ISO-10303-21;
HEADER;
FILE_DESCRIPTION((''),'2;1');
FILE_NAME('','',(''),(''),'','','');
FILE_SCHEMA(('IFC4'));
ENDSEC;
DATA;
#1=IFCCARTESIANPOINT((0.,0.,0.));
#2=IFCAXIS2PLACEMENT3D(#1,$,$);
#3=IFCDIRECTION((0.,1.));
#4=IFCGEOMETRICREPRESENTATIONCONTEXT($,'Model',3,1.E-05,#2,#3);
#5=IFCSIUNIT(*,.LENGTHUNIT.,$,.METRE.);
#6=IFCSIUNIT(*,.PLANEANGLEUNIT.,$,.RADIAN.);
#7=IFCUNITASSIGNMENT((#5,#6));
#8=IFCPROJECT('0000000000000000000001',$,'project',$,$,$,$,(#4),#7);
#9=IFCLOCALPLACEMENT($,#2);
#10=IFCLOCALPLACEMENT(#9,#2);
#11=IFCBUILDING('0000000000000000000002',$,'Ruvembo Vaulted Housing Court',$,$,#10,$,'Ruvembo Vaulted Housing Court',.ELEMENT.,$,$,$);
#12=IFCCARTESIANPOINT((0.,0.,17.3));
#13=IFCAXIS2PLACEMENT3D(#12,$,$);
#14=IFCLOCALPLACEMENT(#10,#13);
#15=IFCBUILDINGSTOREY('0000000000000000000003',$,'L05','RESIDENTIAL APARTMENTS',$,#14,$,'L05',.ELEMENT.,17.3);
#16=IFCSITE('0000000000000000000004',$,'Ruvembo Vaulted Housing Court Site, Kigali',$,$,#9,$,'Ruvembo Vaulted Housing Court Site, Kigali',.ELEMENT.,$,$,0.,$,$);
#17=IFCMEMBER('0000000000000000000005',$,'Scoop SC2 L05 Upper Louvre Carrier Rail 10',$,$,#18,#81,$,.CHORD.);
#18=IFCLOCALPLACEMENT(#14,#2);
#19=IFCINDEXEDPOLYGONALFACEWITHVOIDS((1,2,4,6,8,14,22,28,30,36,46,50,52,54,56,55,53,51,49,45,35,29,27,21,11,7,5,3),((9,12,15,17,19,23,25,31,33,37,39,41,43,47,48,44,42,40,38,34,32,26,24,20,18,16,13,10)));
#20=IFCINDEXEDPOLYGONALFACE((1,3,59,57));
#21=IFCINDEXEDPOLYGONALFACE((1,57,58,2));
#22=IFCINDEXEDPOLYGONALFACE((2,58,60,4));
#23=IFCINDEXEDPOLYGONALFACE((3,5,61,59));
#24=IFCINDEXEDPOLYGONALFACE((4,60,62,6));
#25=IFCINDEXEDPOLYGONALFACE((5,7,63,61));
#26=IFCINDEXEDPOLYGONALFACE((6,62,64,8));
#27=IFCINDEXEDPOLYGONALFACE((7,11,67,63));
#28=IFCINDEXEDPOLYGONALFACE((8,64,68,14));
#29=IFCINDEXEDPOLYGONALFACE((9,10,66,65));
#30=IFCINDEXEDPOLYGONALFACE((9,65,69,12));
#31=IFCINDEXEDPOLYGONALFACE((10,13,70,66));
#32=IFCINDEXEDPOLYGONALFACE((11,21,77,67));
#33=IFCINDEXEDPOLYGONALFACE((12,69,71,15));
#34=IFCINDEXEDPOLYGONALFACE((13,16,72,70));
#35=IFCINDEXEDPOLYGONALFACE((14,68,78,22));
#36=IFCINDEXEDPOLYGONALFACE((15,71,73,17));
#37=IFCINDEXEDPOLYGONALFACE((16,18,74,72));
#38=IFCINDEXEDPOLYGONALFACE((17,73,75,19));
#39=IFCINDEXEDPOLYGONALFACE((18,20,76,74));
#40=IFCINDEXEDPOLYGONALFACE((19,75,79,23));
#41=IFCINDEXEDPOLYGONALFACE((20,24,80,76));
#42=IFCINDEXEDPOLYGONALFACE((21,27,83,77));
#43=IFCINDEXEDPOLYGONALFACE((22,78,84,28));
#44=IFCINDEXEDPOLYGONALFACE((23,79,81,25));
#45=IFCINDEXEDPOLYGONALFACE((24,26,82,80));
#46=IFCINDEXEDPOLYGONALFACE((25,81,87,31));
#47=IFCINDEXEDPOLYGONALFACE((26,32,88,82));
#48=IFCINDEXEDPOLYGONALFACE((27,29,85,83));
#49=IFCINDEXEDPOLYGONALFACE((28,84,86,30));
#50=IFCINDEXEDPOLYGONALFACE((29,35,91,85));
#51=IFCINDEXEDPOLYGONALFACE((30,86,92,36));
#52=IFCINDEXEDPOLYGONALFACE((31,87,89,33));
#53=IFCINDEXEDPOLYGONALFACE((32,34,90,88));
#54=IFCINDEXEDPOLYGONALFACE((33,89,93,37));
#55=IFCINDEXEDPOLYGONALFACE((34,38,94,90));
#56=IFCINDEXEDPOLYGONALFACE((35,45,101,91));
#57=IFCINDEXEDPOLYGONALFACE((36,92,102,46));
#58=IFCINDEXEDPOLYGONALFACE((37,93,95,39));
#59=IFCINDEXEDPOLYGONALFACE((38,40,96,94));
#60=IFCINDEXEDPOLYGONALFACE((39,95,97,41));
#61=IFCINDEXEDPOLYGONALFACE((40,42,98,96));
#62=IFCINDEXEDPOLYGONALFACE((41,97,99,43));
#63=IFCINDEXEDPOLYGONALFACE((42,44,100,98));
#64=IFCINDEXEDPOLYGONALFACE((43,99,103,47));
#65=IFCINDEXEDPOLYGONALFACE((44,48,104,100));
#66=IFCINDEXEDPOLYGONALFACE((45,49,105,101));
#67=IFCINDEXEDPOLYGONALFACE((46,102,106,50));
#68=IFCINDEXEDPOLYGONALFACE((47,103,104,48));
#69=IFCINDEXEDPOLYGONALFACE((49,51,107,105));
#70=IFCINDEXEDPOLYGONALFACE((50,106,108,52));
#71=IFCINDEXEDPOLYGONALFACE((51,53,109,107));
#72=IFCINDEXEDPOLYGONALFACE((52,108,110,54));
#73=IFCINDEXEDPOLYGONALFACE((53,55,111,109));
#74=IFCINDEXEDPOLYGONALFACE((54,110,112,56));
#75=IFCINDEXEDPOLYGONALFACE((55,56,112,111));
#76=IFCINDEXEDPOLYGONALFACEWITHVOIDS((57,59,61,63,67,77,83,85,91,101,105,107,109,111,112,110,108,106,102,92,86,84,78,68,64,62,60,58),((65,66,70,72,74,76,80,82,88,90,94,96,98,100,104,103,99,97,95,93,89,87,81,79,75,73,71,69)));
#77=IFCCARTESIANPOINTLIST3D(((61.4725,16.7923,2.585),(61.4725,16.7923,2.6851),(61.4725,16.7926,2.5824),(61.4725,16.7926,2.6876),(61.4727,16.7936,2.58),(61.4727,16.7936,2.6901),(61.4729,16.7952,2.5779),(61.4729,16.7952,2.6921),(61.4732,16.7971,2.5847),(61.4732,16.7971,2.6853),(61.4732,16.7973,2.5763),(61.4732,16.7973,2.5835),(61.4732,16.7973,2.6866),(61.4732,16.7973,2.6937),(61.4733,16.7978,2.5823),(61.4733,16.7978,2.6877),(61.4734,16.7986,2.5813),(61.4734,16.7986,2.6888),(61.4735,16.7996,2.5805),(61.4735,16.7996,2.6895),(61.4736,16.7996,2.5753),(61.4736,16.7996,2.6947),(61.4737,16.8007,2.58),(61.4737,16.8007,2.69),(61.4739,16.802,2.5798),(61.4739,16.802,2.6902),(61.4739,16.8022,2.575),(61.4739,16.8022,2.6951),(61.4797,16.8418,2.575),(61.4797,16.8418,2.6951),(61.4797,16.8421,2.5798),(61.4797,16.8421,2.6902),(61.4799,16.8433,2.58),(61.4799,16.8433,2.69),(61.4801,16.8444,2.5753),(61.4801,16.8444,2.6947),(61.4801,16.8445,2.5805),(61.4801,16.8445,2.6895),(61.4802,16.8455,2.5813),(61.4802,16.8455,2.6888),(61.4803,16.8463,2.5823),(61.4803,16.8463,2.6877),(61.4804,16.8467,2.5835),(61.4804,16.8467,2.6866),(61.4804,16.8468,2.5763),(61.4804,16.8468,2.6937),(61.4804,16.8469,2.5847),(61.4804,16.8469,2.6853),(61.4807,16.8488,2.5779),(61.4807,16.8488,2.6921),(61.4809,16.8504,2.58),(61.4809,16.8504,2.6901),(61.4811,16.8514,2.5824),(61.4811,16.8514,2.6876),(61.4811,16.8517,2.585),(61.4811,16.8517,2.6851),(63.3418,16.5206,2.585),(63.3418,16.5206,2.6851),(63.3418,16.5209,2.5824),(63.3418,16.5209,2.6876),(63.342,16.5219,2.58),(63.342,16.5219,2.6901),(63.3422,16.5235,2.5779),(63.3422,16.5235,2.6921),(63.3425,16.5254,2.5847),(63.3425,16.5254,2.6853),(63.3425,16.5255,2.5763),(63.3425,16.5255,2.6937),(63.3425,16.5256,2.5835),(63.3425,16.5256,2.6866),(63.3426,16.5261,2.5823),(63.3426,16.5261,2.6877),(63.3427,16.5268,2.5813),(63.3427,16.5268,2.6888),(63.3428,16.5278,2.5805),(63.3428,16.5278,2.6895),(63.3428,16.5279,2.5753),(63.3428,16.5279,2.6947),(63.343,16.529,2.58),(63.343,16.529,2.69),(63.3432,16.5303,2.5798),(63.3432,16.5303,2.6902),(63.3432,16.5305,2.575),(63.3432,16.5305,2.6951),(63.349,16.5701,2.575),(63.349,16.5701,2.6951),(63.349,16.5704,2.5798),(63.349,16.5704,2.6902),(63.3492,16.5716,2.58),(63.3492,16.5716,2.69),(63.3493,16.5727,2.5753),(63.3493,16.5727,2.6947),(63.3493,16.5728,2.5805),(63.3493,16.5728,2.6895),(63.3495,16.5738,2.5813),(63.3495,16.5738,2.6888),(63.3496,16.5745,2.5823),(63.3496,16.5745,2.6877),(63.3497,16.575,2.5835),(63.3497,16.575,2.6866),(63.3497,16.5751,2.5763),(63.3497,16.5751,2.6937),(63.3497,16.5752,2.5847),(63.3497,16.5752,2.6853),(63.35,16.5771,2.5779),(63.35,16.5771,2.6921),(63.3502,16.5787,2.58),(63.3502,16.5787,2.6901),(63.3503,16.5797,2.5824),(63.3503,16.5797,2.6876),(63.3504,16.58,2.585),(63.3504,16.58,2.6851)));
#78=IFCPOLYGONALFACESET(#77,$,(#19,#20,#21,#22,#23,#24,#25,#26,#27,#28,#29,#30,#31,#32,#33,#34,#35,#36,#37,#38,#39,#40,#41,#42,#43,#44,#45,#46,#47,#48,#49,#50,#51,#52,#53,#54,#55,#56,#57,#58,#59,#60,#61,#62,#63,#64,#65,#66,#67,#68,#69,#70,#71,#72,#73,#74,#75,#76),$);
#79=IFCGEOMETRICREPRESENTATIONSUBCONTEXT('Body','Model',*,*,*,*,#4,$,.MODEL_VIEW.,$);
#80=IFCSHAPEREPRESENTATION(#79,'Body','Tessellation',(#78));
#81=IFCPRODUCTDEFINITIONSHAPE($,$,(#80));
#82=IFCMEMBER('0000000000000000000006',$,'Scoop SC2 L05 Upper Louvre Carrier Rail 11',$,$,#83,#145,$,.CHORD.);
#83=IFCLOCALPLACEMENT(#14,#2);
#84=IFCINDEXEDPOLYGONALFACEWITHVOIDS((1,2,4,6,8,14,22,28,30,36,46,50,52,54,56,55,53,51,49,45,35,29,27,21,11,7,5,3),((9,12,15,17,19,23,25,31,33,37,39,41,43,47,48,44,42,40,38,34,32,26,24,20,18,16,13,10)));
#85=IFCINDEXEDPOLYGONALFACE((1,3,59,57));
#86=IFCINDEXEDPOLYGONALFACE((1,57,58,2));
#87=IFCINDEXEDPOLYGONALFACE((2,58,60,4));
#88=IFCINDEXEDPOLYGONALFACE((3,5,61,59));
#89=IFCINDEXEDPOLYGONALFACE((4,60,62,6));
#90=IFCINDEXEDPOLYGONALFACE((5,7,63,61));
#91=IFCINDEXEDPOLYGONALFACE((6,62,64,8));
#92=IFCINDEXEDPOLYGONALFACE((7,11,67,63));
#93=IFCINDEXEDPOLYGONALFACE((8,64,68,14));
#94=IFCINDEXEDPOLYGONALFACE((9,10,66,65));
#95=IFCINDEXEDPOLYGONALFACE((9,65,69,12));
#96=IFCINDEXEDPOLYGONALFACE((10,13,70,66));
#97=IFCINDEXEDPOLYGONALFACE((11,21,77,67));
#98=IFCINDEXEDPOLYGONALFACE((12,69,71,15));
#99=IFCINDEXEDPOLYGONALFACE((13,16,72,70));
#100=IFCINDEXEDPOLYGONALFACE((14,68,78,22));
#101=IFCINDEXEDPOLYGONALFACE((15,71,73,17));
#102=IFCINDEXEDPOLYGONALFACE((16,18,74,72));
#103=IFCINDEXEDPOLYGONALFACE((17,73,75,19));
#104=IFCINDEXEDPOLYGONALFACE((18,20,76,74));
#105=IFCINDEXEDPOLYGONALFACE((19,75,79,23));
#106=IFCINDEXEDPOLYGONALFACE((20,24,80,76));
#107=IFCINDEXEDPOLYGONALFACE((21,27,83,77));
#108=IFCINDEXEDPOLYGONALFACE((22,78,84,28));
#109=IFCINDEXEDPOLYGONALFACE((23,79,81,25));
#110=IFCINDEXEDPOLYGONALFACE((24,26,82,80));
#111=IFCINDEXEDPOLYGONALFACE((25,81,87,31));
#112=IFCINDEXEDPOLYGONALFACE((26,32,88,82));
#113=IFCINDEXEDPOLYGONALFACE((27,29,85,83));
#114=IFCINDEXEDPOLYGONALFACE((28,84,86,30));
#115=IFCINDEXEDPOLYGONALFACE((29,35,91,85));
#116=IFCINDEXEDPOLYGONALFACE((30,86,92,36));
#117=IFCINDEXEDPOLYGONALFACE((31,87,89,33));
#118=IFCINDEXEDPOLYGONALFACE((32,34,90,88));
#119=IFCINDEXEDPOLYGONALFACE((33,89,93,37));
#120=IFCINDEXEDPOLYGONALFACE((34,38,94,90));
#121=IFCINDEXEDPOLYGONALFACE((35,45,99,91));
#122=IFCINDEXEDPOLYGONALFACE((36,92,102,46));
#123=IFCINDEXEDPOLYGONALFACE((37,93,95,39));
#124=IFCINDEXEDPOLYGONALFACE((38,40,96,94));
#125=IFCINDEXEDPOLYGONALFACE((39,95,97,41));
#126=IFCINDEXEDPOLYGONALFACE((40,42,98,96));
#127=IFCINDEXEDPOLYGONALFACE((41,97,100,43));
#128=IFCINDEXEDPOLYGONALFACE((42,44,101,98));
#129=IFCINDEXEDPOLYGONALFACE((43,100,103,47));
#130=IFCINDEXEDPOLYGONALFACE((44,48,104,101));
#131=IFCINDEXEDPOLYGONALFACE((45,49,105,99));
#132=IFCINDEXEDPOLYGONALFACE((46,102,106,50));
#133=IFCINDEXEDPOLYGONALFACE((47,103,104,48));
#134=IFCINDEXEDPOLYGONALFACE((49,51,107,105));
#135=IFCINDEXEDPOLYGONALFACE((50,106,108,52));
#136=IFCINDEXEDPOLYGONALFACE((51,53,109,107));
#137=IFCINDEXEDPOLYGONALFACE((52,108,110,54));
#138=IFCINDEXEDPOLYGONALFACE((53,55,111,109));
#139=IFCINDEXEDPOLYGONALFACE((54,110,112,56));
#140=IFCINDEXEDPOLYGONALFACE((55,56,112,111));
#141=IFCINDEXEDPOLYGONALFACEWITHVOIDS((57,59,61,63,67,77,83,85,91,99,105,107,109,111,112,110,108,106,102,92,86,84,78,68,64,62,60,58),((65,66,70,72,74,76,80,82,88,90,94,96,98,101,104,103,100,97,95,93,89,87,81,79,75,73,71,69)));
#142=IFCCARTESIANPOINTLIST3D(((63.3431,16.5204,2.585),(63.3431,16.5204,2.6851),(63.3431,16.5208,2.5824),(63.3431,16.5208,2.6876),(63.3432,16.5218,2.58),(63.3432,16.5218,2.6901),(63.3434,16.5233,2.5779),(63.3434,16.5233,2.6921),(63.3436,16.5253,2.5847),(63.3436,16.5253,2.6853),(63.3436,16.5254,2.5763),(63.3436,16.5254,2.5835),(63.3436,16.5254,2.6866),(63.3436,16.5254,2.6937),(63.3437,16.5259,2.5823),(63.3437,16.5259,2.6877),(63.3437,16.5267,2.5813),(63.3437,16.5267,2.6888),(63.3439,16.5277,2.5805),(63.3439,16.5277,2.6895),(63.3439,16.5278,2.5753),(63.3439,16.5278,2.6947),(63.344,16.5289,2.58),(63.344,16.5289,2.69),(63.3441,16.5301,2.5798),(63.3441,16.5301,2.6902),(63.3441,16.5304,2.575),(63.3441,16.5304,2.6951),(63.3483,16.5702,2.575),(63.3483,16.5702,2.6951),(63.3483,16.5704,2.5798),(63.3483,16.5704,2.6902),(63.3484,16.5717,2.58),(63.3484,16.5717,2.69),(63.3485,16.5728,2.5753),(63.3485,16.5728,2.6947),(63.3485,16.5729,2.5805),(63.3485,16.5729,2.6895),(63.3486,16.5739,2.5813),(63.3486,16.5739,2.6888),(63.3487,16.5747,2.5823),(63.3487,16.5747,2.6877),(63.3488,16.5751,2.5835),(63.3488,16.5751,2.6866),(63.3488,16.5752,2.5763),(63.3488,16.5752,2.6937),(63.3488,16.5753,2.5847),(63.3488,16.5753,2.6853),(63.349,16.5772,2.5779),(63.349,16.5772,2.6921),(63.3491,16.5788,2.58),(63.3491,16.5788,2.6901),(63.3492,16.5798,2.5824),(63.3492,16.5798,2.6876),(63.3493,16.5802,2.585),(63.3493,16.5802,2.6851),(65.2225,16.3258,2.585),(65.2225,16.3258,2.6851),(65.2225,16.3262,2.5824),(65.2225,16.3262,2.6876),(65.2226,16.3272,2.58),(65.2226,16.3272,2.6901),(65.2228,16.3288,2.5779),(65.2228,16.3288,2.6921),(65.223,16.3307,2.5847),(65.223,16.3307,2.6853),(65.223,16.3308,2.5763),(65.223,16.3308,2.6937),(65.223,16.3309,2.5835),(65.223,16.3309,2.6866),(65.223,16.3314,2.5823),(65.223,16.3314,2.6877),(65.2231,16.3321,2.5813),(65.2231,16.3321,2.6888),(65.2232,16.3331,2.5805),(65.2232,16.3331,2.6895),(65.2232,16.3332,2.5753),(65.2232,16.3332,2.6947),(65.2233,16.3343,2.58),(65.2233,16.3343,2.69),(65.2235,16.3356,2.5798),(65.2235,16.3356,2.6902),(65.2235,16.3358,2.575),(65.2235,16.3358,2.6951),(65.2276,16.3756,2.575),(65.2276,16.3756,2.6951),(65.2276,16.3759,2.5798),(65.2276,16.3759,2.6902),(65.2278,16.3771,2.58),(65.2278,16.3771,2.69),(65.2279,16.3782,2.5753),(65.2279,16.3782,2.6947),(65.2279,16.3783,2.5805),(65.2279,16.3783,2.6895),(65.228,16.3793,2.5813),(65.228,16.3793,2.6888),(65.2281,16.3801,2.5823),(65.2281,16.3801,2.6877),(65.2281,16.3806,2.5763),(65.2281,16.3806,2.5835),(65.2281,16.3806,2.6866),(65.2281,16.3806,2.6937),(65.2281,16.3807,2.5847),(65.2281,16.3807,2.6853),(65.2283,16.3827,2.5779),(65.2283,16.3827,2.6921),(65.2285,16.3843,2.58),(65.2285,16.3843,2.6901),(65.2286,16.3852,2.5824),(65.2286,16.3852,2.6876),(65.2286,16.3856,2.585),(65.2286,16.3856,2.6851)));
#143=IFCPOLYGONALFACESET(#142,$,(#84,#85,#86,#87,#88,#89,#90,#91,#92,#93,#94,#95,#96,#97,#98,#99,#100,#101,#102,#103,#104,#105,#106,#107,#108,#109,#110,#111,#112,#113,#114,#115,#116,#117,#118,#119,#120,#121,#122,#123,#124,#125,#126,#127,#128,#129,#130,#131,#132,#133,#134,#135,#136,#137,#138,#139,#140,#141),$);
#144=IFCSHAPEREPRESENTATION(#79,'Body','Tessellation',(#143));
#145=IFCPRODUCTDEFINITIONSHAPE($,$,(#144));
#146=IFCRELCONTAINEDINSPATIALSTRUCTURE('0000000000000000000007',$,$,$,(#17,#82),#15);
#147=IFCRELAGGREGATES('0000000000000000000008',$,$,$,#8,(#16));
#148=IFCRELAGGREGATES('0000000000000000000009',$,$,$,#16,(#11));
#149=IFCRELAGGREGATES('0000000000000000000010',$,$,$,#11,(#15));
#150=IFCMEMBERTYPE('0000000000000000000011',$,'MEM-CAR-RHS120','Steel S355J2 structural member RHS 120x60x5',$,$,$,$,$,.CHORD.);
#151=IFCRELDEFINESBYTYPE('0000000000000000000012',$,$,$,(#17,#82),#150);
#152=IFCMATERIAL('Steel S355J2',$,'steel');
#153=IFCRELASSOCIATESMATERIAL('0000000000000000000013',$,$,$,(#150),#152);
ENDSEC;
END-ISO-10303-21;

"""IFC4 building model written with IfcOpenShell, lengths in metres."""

from ifc_helpers import new_model, si_unit, direction, frame, origin, origin_2d, place, context, subcontext, project, spatial, hollow_rectangle, extrude, material, material_profile, profile_set, type_object, element, save


model = new_model("IFC4")

# Units and contexts
model_context = context("Model", 3, precision=1e-05, world=origin(), true_north=direction((0.0, 1.0)))
body_context = subcontext(model_context, "Body", "Model", "MODEL_VIEW")
ifc_project = project(units=[si_unit("LENGTHUNIT", "METRE"), si_unit("PLANEANGLEUNIT", "RADIAN")], contexts=[model_context])

# Site, building, storey
site_placement = place(None, origin())
site = spatial("IfcSite", under=ifc_project, at=site_placement, Name="Ruvembo Vaulted Housing Court Site, Kigali", LongName="Ruvembo Vaulted Housing Court Site, Kigali", CompositionType="ELEMENT", RefElevation=0.0)
building_placement = place(site_placement, origin())
building = spatial("IfcBuilding", under=site, at=building_placement, Name="Ruvembo Vaulted Housing Court", LongName="Ruvembo Vaulted Housing Court", CompositionType="ELEMENT")
storey_placement = place(building_placement, frame((0.0, 0.0, 17.3)))
storey = spatial("IfcBuildingStorey", under=building, at=storey_placement, Name="L05", Description="RESIDENTIAL APARTMENTS", LongName="L05", CompositionType="ELEMENT", Elevation=17.3)

# Shared definitions
ifc_material_1 = material(Name="Steel S355J2", Category="steel")

# Members
ifc_material_profile_1 = material_profile(ifc_material_1, hollow_rectangle(XDim=0.0601, YDim=0.1201, WallThickness=0.0049, InnerFilletRadius=0.0049, OuterFilletRadius=0.01, at=origin_2d()), Name="RHS 120x60x5")
ifc_profile_set_1 = profile_set([ifc_material_profile_1], Name="Steel S355J2")
member_type_1 = type_object("IfcMemberType", Name="MEM-CAR-RHS120", Description="Steel S355J2 structural member RHS 120x60x5", PredefinedType="CHORD", material=ifc_profile_set_1)
member_1_placement = place(storey_placement, frame((61.4768, 16.822, 2.635), z_axis=(0.9896, -0.143845, 0.0), x_axis=(0.143845, 0.9896, 0.0)))
element("IfcMember", 1, at=member_1_placement, inside=storey, type_object=member_type_1, Name="Scoop SC2 L05 Upper Louvre Carrier Rail 10", PredefinedType="CHORD", context=body_context, shape_type="SweptSolid", body=[
    extrude(hollow_rectangle(XDim=0.0601, YDim=0.1201, WallThickness=0.0049, InnerFilletRadius=0.0049, OuterFilletRadius=0.01, at=origin_2d()), origin(), (0.0, 0.0, 1.0), 1.8889),
])
member_2_placement = place(storey_placement, frame((63.3462, 16.5503, 2.635), z_axis=(0.994683, -0.102983, 0.0), x_axis=(0.102983, 0.994683, 0.0)))
element("IfcMember", 2, at=member_2_placement, inside=storey, type_object=member_type_1, Name="Scoop SC2 L05 Upper Louvre Carrier Rail 11", PredefinedType="CHORD", context=body_context, shape_type="SweptSolid", body=[
    extrude(hollow_rectangle(XDim=0.0601, YDim=0.1201, WallThickness=0.0049, InnerFilletRadius=0.0049, OuterFilletRadius=0.01, at=origin_2d()), origin(), (0.0, 0.0, 1.0), 1.8894),
])

save(model, "model.ifc")
